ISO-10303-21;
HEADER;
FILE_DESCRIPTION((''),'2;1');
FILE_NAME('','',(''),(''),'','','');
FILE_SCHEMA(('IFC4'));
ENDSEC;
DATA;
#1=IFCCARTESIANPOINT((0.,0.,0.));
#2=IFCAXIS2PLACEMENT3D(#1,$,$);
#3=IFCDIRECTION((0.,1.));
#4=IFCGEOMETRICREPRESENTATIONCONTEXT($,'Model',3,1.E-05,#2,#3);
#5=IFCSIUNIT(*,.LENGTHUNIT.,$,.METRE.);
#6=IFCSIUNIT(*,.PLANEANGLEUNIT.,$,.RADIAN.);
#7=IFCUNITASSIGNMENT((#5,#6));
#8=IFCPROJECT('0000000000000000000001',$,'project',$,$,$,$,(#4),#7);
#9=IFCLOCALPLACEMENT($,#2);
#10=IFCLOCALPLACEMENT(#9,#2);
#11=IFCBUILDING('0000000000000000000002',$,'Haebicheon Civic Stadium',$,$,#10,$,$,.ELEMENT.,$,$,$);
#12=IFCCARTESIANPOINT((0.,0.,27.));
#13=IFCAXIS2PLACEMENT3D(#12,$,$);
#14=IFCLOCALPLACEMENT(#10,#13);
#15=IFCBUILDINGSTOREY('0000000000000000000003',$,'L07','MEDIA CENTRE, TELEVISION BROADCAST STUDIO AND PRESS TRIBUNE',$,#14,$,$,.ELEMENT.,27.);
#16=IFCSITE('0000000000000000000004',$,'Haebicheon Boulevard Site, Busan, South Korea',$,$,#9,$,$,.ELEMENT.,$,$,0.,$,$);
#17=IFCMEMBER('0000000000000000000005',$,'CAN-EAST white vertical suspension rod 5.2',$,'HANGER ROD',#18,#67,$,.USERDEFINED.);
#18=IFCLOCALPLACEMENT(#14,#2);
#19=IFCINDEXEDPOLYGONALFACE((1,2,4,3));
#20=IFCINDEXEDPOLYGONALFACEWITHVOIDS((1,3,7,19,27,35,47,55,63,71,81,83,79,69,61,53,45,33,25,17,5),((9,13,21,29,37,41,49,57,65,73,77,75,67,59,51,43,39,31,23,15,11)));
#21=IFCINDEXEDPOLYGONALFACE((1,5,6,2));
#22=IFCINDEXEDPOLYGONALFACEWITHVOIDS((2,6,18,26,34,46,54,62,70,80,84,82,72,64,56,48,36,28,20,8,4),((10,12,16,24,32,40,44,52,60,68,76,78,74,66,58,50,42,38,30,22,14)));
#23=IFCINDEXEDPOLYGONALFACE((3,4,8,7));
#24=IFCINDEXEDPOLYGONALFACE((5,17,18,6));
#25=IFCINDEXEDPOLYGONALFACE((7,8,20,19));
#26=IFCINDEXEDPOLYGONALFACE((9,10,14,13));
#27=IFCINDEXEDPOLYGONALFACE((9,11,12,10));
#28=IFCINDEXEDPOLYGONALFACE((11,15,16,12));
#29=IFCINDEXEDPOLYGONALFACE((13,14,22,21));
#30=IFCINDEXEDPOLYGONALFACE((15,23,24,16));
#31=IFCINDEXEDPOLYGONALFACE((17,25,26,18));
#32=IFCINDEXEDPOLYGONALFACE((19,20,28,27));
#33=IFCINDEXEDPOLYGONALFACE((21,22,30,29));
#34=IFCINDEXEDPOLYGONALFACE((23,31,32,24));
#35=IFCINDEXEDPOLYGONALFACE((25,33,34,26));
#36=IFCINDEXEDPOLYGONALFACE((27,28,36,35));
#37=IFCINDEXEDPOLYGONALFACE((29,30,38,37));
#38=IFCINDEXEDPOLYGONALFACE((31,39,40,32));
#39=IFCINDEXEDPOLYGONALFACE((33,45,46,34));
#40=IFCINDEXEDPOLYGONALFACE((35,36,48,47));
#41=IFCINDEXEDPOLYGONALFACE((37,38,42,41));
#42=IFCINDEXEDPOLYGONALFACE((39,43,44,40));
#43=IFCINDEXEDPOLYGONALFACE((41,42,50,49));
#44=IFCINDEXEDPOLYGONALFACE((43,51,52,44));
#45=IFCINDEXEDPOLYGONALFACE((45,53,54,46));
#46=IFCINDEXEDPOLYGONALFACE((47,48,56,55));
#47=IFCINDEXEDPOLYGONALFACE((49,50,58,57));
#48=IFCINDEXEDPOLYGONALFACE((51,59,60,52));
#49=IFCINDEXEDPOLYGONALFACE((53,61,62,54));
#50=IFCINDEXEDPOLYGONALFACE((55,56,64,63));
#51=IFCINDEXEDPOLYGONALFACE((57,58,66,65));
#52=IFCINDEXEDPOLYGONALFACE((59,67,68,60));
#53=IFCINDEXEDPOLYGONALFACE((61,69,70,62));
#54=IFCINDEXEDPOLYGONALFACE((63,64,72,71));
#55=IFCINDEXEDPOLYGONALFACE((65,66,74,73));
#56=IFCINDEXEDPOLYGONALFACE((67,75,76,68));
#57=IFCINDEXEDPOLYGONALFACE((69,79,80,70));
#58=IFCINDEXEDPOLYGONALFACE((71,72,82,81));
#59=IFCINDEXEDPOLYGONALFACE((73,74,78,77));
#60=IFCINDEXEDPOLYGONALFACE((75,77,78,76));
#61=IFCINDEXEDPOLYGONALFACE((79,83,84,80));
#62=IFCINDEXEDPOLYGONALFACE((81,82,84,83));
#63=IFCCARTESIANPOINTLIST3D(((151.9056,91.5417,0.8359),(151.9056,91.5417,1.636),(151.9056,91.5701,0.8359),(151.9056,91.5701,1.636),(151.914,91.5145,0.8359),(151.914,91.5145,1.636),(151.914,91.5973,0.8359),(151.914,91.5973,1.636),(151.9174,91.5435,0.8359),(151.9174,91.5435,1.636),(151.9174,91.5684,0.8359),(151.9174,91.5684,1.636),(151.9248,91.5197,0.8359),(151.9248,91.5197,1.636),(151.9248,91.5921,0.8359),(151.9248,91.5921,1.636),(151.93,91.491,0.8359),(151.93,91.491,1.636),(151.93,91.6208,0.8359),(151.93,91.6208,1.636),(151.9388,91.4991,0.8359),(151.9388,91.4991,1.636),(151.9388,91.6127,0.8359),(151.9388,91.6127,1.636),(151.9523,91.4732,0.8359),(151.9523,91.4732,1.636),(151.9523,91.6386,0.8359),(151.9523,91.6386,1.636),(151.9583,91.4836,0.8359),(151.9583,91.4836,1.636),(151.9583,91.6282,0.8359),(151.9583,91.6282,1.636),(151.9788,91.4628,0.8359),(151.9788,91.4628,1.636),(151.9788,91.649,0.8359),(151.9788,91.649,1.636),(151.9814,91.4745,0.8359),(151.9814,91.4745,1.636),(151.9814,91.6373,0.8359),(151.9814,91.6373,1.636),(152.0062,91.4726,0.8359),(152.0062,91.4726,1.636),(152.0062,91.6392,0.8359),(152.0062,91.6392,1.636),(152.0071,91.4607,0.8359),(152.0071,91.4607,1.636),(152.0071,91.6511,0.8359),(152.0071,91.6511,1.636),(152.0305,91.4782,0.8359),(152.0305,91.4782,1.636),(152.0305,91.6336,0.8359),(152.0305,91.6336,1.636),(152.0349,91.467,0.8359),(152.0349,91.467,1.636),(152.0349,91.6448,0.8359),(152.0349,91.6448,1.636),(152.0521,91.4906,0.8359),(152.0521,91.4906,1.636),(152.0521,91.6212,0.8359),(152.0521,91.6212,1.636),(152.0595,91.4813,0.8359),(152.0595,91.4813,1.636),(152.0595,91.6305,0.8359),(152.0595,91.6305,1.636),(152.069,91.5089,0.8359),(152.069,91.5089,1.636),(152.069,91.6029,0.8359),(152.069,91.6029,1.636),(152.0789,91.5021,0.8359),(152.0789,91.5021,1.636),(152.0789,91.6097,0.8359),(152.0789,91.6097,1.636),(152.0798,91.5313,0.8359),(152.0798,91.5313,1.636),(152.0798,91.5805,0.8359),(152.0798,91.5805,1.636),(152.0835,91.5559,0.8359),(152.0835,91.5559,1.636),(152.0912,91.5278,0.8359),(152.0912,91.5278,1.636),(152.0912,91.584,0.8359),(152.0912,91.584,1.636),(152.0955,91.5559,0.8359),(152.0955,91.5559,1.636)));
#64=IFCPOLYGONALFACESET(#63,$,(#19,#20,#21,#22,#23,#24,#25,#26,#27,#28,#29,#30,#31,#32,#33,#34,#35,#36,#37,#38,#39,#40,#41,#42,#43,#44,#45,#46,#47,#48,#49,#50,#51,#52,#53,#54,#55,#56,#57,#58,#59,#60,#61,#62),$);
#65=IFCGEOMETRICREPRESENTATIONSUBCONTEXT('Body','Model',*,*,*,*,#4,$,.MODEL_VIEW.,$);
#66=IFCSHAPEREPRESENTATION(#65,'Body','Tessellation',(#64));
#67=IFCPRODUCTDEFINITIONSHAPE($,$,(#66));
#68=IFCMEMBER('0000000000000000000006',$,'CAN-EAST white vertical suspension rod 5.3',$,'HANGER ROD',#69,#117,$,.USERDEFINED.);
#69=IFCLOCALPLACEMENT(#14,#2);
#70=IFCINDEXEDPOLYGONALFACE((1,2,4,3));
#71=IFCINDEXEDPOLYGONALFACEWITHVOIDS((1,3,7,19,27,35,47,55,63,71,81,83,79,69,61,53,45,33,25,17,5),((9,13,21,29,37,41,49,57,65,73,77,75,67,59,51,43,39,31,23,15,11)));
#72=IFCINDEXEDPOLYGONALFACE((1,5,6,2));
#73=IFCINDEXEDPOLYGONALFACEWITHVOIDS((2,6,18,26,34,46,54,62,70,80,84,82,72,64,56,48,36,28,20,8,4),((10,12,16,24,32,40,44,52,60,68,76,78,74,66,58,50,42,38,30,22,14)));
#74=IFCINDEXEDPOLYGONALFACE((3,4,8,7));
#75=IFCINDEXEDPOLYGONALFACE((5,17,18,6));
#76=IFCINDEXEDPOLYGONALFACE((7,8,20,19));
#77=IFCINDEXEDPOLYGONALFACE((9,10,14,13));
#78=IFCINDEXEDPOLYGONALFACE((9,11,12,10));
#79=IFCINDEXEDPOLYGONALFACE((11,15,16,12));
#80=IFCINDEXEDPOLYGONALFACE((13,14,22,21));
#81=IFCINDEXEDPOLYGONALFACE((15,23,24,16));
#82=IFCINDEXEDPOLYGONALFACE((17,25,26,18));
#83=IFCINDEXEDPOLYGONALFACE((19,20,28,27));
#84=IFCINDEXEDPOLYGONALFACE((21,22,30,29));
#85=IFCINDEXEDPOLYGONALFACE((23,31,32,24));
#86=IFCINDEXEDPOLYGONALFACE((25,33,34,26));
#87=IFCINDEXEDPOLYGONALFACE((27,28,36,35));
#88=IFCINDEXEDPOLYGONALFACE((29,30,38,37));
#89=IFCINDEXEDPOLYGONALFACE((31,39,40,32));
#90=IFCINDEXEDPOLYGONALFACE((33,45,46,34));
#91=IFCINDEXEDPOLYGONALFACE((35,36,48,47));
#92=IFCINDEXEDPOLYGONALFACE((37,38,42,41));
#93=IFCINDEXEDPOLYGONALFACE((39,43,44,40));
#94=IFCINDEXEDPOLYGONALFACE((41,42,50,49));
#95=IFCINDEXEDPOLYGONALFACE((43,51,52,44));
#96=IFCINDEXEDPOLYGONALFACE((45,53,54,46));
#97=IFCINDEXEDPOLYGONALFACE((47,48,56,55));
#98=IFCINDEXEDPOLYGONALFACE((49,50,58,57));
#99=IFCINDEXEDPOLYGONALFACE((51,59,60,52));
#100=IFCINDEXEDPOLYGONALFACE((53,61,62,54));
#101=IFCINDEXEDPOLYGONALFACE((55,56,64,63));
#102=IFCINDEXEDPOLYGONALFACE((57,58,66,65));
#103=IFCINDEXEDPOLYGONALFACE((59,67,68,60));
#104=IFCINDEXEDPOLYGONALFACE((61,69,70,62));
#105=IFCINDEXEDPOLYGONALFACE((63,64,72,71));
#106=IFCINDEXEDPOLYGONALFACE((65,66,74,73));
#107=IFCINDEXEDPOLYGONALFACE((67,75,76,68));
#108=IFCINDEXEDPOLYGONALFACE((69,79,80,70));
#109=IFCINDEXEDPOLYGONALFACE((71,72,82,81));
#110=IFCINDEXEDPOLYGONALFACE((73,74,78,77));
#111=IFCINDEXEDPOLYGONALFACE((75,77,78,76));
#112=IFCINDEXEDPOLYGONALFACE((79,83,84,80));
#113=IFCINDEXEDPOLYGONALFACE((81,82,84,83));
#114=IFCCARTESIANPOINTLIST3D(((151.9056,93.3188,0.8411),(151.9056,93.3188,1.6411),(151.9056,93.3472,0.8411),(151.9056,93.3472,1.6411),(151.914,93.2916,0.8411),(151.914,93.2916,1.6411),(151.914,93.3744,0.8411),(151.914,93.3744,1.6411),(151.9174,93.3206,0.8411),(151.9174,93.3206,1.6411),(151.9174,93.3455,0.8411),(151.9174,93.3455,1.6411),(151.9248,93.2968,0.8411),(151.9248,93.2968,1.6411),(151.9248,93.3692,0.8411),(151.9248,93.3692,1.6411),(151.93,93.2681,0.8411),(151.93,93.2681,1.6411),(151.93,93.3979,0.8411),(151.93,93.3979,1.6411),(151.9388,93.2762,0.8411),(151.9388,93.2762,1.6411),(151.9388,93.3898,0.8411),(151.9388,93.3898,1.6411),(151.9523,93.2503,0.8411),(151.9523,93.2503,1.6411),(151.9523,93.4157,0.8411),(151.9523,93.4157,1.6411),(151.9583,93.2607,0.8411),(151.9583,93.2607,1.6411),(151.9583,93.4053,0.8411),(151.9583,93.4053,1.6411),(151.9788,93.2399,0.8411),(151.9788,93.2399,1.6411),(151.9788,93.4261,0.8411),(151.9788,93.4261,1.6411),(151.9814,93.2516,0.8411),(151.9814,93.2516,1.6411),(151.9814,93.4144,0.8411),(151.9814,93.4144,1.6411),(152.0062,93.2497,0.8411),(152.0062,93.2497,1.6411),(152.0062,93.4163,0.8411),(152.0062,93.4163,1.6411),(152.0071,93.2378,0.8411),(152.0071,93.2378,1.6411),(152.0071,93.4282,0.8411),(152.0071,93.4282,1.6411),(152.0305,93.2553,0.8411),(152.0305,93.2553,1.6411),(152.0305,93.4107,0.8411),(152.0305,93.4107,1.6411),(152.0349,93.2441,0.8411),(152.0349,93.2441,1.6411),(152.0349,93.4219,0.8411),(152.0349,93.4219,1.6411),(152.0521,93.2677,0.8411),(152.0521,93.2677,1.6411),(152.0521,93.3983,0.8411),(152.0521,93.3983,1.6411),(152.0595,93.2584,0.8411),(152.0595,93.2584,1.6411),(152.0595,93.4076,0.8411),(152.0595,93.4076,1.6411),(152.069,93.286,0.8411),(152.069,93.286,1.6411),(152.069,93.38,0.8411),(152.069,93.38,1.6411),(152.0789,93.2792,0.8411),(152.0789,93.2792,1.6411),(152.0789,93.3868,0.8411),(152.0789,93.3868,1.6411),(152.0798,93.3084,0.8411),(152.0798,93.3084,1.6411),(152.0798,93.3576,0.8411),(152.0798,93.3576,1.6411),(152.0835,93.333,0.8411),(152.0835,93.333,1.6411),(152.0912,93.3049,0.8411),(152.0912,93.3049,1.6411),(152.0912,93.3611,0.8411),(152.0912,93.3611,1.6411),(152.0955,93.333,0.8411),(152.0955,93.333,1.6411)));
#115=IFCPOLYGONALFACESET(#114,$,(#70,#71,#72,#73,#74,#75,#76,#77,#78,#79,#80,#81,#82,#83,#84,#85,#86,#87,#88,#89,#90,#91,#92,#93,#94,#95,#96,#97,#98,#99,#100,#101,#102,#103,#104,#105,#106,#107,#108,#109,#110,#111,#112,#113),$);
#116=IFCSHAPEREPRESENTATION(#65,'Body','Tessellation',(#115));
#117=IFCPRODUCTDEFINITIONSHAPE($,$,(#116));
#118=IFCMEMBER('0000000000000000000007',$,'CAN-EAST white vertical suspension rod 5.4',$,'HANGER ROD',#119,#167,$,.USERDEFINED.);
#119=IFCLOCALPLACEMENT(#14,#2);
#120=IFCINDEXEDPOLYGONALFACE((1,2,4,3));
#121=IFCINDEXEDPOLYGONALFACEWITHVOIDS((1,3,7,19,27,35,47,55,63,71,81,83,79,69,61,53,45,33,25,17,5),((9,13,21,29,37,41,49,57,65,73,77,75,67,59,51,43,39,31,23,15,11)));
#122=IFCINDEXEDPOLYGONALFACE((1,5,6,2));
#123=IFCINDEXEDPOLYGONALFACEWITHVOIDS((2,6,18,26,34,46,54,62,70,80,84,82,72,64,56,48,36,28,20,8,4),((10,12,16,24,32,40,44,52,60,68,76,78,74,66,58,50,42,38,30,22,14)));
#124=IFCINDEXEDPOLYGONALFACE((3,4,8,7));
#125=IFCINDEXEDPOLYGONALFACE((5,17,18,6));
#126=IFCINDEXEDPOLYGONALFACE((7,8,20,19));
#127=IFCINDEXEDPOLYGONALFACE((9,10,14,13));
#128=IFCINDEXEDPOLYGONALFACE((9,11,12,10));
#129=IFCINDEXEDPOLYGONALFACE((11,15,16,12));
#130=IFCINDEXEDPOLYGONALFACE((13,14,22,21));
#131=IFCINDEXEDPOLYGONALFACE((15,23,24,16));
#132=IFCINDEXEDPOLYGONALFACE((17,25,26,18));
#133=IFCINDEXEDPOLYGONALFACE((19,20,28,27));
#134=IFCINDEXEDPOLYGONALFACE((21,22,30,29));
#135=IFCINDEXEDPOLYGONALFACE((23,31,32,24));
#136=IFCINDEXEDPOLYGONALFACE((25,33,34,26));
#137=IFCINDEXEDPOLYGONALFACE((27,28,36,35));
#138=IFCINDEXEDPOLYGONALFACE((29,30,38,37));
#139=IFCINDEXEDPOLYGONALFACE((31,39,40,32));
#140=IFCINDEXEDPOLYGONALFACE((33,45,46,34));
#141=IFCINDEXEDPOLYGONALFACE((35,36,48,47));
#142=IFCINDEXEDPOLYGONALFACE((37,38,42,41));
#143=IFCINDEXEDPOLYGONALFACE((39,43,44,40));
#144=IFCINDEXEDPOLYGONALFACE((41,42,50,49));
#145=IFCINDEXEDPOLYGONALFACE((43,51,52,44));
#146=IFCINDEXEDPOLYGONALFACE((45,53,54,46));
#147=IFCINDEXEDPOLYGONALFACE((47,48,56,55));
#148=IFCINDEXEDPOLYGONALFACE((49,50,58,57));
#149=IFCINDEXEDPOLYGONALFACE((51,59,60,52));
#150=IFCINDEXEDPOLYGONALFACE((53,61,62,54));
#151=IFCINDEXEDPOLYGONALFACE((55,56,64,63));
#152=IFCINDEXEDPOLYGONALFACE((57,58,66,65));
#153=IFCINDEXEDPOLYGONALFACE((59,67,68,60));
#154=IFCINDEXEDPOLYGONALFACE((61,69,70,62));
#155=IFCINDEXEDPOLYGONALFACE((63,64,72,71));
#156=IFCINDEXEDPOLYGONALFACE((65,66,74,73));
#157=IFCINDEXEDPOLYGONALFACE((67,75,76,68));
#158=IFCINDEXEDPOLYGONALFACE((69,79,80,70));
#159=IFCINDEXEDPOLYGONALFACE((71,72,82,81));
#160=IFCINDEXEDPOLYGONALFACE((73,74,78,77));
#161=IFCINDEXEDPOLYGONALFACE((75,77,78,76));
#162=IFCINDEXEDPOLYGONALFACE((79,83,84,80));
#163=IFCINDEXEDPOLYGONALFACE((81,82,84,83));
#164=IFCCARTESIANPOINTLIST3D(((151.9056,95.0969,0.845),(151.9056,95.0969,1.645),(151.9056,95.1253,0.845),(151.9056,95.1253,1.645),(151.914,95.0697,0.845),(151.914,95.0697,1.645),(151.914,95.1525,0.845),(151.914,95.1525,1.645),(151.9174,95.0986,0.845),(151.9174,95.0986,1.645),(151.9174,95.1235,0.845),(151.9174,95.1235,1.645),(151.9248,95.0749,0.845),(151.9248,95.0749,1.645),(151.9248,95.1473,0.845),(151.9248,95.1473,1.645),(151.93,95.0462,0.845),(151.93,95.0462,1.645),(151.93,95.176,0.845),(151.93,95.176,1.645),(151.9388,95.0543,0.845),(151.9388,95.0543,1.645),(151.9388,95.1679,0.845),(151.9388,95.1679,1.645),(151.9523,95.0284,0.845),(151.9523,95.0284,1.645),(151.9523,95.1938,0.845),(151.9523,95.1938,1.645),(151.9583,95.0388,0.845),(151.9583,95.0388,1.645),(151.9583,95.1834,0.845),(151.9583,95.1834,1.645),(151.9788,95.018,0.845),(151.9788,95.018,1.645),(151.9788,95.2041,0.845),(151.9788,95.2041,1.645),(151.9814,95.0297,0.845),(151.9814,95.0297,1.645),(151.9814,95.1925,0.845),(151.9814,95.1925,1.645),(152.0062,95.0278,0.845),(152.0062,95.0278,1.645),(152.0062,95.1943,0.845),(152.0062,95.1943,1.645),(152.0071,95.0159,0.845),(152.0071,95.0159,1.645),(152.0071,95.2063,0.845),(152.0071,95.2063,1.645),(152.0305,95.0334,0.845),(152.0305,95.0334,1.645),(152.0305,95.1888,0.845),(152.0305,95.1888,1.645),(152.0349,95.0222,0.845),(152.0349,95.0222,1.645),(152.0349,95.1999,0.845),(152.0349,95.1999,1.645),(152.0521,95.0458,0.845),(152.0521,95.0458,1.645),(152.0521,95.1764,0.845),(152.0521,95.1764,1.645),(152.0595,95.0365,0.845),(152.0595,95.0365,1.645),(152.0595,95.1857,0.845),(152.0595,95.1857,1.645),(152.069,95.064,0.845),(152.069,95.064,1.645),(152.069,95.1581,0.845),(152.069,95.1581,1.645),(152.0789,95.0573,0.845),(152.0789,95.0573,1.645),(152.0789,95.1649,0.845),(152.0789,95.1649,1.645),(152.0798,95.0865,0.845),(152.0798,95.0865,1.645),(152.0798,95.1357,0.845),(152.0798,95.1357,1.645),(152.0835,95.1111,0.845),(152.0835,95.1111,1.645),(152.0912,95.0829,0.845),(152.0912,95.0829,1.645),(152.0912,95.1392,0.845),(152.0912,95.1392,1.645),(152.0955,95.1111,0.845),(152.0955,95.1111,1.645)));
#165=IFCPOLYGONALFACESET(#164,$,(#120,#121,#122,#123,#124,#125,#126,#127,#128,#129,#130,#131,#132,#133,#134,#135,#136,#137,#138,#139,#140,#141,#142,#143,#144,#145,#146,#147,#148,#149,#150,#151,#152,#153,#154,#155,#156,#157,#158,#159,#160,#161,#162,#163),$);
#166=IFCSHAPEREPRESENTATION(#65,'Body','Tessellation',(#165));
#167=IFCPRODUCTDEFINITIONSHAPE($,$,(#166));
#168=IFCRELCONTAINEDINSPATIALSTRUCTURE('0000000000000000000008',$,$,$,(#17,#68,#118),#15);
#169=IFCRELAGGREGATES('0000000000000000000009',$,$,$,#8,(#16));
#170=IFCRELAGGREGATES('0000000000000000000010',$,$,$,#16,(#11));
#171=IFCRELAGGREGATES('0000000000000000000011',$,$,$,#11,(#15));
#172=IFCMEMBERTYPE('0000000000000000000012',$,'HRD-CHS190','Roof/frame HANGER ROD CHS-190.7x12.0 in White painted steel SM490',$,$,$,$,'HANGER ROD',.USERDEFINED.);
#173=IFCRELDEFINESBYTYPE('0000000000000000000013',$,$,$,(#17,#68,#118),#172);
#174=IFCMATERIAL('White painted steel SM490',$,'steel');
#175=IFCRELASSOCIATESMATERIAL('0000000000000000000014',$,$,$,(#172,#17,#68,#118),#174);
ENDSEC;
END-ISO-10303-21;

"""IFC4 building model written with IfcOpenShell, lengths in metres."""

from ifc_helpers import new_model, si_unit, direction, frame, origin, origin_2d, place, context, subcontext, project, spatial, hollow_circle, extrude, material, material_profile, profile_set, type_object, element, save


model = new_model("IFC4")

# Units and contexts
model_context = context("Model", 3, precision=1e-05, world=origin(), true_north=direction((0.0, 1.0)))
body_context = subcontext(model_context, "Body", "Model", "MODEL_VIEW")
ifc_project = project(units=[si_unit("LENGTHUNIT", "METRE"), si_unit("PLANEANGLEUNIT", "RADIAN")], contexts=[model_context])

# Site, building, storey
site_placement = place(None, origin())
site = spatial("IfcSite", under=ifc_project, at=site_placement, Name="Haebicheon Boulevard Site, Busan, South Korea", CompositionType="ELEMENT", RefElevation=0.0)
building_placement = place(site_placement, origin())
building = spatial("IfcBuilding", under=site, at=building_placement, Name="Haebicheon Civic Stadium", CompositionType="ELEMENT")
storey_placement = place(building_placement, frame((0.0, 0.0, 27.0)))
storey = spatial("IfcBuildingStorey", under=building, at=storey_placement, Name="L07", Description="MEDIA CENTRE, TELEVISION BROADCAST STUDIO AND PRESS TRIBUNE", CompositionType="ELEMENT", Elevation=27.0)

# Members
ifc_material_1 = material(Name="White painted steel SM490", Category="steel")
ifc_material_profile_1 = material_profile(ifc_material_1, hollow_circle(Radius=0.0955, WallThickness=0.012, at=origin_2d()), Name="CHS-190.7x12.0")
ifc_profile_set_1 = profile_set([ifc_material_profile_1], Name="White painted steel SM490")
member_type_1 = type_object("IfcMemberType", Name="HRD-CHS190", Description="Roof/frame HANGER ROD CHS-190.7x12.0 in White painted steel SM490", ElementType="HANGER ROD", PredefinedType="USERDEFINED", material=ifc_profile_set_1)
for number, where, z_axis, x_axis, name in (
    (1, (152.0, 91.5559, 0.8359), (0.0, 0.0, 1.0), (1.0, 0.0, 0.0), "CAN-EAST white vertical suspension rod 5.2"),
    (2, (152.0, 93.333, 0.8411), (0.0, 0.0, 1.0), (1.0, 0.0, 0.0), "CAN-EAST white vertical suspension rod 5.3"),
    (3, (152.0, 95.1111, 0.845), (0.0, 0.0, 1.0), (1.0, 0.0, 0.0), "CAN-EAST white vertical suspension rod 5.4"),
):
    element("IfcMember", number, at=place(storey_placement, frame(where, z_axis=z_axis, x_axis=x_axis)), inside=storey, type_object=member_type_1, material=ifc_profile_set_1, Name=name, ObjectType="HANGER ROD", PredefinedType="USERDEFINED", context=body_context, shape_type="SweptSolid", body=[
        extrude(hollow_circle(Radius=0.0955, WallThickness=0.012, at=origin_2d()), origin(), (0.0, 0.0, 1.0), 0.8),
    ])

save(model, "model.ifc")
